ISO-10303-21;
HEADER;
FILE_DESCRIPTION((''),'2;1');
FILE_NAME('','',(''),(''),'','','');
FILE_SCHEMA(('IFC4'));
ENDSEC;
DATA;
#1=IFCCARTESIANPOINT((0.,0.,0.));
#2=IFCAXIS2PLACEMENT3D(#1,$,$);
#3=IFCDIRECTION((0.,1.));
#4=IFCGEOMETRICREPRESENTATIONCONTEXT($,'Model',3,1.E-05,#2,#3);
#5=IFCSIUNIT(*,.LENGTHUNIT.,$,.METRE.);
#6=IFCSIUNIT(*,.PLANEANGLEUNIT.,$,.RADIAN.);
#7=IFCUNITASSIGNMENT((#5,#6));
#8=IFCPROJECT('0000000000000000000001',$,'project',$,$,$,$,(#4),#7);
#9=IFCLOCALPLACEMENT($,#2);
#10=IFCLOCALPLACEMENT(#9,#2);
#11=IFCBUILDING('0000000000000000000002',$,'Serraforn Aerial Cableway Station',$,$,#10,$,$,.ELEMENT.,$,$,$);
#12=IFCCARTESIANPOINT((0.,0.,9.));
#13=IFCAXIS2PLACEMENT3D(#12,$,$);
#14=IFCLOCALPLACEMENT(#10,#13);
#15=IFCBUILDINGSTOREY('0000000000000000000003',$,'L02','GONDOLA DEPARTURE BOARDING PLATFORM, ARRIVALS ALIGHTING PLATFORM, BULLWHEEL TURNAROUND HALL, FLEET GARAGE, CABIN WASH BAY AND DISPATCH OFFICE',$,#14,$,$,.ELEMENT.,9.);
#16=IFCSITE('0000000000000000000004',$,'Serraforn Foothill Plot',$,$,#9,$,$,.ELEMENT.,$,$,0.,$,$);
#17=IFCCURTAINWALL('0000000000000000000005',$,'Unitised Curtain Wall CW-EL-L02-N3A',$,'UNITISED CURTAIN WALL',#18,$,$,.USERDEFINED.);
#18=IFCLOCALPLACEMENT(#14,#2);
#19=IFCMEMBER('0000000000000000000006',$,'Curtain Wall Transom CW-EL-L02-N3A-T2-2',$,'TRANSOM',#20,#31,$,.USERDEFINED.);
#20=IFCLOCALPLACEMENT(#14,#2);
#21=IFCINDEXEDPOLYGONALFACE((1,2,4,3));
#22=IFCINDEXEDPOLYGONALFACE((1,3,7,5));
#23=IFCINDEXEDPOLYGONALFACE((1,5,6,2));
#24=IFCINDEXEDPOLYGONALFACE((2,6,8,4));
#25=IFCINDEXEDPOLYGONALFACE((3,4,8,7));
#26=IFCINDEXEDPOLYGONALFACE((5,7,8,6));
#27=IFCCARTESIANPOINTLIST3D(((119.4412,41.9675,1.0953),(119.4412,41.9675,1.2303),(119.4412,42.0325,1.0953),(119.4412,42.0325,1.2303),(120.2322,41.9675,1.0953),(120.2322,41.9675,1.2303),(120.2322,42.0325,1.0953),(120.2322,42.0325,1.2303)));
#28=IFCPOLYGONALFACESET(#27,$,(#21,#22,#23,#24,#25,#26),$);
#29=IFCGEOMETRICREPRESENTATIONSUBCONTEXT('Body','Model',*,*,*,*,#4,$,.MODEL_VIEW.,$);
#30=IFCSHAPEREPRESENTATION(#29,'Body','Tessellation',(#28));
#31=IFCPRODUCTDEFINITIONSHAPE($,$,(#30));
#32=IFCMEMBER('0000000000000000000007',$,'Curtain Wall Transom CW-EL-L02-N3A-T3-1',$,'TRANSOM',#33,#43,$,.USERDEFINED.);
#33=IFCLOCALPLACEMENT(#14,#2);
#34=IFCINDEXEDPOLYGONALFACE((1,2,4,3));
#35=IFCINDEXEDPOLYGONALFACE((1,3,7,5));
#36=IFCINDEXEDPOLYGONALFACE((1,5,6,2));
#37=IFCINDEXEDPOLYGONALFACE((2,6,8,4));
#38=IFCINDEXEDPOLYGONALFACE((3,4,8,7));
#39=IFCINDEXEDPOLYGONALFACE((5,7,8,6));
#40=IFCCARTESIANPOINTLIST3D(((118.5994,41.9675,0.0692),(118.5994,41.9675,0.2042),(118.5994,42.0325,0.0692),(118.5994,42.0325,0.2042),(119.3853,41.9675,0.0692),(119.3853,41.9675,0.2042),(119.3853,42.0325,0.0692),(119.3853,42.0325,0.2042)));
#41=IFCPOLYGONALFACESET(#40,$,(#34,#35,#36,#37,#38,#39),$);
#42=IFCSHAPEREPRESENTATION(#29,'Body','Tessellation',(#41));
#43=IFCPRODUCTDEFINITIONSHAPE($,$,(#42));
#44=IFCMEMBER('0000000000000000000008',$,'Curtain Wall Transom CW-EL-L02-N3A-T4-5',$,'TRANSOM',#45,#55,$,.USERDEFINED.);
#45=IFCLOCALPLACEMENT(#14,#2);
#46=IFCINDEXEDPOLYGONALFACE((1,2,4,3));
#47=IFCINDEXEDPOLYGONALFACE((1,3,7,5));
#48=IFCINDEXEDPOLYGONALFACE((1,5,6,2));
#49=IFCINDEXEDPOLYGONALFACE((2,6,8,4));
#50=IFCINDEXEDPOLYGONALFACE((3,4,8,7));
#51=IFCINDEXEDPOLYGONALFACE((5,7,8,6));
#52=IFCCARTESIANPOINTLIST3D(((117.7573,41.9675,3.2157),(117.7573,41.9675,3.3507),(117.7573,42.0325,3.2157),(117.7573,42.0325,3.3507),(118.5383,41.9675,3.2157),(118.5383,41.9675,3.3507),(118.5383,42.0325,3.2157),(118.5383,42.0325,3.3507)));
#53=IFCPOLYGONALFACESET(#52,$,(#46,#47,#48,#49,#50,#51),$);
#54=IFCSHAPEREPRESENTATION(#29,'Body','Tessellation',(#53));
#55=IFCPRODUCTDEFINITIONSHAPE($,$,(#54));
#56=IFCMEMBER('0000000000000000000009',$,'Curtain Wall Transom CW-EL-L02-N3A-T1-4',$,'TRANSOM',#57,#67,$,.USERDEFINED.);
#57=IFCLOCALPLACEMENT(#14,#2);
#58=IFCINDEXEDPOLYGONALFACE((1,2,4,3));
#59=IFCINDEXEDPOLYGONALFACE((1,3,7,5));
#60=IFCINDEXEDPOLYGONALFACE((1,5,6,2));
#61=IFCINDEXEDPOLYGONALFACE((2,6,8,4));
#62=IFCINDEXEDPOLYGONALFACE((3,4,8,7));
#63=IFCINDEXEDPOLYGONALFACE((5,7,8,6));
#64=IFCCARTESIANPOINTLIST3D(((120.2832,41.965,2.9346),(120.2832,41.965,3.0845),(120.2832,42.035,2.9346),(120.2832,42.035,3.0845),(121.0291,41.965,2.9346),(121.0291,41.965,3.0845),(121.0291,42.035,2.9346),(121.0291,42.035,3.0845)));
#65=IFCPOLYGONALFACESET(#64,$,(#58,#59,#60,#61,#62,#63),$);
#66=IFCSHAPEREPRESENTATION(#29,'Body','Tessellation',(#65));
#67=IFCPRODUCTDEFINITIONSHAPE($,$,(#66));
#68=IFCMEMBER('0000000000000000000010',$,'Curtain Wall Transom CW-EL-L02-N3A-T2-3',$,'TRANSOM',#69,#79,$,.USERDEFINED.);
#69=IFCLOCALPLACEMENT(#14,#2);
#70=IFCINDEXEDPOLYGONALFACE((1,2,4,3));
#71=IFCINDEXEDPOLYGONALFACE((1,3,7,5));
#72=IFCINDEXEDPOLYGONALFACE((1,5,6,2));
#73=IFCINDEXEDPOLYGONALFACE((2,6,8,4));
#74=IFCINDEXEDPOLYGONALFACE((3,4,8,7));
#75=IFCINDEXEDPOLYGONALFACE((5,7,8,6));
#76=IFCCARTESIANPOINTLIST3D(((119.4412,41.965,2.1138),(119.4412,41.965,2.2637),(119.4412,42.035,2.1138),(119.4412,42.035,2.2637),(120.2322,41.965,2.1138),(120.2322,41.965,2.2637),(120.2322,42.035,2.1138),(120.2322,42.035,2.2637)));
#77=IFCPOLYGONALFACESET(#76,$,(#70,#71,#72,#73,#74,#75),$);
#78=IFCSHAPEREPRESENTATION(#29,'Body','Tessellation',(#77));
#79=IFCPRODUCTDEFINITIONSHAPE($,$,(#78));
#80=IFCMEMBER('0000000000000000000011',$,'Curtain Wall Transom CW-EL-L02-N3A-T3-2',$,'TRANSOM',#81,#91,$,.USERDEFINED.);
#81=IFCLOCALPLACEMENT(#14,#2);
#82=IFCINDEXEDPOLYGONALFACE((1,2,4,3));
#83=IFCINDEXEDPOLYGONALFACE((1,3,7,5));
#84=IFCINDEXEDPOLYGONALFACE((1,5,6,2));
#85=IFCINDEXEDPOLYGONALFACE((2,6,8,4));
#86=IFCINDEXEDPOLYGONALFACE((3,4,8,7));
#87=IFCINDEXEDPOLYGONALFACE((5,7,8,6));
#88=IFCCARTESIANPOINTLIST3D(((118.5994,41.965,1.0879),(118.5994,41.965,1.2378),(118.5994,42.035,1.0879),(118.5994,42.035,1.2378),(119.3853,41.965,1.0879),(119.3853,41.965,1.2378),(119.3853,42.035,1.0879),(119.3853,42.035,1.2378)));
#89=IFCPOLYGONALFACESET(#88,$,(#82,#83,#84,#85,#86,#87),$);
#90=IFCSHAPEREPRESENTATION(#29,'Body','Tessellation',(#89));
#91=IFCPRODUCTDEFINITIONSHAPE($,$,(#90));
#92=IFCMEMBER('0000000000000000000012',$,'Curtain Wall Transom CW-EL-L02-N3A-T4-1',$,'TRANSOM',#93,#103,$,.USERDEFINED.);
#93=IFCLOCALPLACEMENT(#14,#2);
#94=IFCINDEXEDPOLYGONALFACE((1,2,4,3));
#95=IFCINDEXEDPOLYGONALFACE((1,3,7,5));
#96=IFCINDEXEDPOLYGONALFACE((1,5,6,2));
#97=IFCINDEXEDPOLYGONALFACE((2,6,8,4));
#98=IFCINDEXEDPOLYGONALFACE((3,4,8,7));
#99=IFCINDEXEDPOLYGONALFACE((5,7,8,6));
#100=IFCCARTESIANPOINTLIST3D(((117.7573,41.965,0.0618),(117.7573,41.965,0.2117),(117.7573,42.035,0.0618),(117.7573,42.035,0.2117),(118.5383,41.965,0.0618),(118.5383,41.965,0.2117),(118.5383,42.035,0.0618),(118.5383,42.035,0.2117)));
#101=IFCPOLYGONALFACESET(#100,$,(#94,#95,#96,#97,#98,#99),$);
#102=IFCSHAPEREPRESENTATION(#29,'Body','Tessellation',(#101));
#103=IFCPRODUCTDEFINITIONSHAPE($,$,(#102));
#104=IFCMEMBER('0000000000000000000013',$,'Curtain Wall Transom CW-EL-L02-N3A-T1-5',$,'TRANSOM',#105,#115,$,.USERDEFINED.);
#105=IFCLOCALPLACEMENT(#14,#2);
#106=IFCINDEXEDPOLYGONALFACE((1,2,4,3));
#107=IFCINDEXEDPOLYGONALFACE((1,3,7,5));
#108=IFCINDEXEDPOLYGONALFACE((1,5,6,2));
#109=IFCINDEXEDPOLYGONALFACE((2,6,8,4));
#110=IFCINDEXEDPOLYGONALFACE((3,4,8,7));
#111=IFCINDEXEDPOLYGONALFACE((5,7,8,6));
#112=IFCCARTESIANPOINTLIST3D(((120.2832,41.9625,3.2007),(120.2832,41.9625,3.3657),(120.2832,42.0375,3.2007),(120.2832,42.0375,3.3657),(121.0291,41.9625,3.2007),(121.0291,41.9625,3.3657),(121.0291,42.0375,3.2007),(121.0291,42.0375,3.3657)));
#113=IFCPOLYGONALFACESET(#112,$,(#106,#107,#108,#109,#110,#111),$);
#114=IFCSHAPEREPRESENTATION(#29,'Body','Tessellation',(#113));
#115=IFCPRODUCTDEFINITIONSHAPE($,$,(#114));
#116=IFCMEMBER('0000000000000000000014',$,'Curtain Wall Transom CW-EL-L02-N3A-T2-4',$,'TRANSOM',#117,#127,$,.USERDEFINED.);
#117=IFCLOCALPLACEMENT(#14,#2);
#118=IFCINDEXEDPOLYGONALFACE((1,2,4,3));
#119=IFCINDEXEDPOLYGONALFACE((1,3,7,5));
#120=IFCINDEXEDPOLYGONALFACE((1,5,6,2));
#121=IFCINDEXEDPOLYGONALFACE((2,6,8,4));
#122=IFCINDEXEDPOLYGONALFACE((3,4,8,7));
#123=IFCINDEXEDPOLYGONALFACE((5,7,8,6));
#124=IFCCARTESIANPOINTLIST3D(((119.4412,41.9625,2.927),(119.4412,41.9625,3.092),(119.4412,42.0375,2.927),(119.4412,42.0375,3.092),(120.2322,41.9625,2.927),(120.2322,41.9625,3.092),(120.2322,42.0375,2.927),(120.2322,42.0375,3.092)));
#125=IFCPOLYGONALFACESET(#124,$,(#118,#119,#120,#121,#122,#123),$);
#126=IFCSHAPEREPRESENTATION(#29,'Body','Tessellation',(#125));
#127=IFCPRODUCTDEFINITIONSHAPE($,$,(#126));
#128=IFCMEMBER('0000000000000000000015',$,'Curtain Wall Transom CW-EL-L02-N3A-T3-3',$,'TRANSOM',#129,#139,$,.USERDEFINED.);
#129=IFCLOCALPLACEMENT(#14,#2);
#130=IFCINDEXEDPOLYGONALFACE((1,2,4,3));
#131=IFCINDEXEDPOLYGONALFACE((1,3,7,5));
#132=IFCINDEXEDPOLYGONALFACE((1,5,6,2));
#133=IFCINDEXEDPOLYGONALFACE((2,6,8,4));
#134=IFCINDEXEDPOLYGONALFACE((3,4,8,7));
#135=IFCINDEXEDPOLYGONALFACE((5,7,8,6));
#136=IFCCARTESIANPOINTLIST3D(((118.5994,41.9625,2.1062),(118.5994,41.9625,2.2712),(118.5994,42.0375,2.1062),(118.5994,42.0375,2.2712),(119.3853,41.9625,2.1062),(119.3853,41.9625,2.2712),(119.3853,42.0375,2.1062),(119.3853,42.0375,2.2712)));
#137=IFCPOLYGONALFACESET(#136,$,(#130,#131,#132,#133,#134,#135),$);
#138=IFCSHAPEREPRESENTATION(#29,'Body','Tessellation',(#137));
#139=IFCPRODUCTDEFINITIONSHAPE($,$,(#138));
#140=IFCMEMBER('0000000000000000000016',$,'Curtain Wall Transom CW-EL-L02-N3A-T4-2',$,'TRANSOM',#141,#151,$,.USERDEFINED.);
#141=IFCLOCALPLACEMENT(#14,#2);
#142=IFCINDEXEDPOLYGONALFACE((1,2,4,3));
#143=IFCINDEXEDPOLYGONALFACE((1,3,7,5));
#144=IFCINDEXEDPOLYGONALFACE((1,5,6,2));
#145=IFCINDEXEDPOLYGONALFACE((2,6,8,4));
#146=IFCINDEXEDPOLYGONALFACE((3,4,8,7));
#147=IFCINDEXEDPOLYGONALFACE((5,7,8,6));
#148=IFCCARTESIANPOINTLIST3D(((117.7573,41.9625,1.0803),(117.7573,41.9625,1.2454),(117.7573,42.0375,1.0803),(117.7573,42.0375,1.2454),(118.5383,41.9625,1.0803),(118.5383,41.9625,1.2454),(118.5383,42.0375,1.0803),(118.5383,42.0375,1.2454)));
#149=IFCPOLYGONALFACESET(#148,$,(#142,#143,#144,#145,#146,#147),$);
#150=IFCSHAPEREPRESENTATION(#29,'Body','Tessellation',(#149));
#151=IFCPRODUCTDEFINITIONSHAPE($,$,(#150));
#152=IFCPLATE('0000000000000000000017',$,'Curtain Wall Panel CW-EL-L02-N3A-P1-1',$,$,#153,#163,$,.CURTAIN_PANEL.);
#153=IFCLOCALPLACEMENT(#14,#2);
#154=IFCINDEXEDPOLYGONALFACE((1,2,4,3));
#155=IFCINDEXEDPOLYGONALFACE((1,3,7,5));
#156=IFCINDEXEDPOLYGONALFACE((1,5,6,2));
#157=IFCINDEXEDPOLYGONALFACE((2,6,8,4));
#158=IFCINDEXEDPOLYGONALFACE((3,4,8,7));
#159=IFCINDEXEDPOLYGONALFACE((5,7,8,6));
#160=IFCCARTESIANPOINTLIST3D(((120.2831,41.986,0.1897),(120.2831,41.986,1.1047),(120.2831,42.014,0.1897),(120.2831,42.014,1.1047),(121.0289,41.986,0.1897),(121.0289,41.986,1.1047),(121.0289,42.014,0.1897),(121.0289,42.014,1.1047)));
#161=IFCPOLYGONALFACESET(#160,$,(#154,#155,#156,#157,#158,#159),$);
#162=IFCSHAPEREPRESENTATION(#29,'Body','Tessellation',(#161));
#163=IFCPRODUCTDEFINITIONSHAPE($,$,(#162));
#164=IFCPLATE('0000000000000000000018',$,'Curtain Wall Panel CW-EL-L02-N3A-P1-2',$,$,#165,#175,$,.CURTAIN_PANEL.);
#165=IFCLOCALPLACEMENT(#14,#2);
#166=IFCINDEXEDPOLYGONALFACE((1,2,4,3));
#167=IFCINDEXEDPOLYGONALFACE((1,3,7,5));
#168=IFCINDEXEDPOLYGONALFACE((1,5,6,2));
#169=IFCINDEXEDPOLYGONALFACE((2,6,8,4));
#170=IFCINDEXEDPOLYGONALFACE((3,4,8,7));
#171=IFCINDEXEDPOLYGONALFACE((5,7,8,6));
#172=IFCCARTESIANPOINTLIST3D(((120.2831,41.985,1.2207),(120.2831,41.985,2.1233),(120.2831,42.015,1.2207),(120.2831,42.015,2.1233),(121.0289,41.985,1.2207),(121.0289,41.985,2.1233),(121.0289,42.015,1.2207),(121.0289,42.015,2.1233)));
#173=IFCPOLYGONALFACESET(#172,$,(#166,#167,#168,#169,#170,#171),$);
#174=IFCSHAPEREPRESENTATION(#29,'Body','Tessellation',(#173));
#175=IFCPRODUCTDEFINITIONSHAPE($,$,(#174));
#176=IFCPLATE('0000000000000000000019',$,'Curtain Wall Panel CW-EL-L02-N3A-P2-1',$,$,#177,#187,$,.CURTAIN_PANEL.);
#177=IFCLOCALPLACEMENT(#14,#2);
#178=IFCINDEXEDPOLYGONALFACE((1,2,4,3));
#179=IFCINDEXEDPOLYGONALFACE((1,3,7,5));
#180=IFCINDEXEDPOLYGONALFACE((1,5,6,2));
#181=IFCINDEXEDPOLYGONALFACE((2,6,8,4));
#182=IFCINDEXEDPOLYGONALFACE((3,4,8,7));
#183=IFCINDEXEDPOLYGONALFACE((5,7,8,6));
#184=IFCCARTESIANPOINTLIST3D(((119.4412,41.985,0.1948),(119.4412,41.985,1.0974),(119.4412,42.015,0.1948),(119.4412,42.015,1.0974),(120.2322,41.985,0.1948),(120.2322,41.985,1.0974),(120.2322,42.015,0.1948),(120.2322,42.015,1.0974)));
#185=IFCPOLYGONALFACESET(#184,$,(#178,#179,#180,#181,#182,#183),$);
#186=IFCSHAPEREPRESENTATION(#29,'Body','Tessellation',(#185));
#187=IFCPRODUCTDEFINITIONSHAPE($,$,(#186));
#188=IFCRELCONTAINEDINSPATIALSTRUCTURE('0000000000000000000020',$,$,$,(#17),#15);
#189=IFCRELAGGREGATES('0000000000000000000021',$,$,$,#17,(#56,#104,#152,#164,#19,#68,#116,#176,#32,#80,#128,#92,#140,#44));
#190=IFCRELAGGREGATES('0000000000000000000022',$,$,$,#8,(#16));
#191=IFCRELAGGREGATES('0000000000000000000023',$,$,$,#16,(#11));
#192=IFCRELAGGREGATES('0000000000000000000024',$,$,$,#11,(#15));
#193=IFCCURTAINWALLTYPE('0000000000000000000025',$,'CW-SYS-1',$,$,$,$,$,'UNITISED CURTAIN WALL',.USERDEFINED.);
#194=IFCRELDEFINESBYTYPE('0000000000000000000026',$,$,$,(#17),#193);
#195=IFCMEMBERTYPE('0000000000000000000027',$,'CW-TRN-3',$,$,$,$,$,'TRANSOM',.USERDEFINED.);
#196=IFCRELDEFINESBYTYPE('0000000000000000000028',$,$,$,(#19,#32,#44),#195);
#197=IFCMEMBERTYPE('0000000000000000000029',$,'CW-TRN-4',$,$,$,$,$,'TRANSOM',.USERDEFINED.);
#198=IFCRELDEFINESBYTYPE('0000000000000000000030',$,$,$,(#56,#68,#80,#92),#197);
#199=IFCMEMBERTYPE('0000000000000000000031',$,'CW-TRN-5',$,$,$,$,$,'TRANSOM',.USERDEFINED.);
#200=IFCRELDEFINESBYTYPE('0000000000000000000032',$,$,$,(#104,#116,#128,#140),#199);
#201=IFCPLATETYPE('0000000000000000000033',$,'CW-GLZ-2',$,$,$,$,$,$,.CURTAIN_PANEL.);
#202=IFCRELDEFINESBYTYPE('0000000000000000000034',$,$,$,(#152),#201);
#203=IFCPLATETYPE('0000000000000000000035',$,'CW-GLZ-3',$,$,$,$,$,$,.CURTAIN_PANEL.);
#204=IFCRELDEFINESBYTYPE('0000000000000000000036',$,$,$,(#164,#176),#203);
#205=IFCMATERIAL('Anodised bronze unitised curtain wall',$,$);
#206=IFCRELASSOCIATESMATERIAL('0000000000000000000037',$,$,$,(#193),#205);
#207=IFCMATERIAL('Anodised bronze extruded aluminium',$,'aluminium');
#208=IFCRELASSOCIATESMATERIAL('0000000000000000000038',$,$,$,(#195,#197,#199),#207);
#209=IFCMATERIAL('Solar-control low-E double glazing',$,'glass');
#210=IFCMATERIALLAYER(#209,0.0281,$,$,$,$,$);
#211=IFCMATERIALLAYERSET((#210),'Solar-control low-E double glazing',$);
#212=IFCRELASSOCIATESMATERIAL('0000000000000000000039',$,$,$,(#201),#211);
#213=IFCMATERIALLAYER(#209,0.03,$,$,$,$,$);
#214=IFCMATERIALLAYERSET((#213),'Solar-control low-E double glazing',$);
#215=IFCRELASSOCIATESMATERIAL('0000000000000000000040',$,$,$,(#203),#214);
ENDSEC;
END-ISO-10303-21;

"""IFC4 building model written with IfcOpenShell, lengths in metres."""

from ifc_helpers import new_model, si_unit, direction, frame, origin, origin_2d, place, context, subcontext, project, spatial, rectangle, extrude, material, layer, layer_set, material_profile, profile_set, type_object, element, aggregate, save


model = new_model("IFC4")

# Units and contexts
model_context = context("Model", 3, precision=1e-05, world=origin(), true_north=direction((0.0, 1.0)))
body_context = subcontext(model_context, "Body", "Model", "MODEL_VIEW")
ifc_project = project(units=[si_unit("LENGTHUNIT", "METRE"), si_unit("PLANEANGLEUNIT", "RADIAN")], contexts=[model_context])

# Site, building, storey
site_placement = place(None, origin())
site = spatial("IfcSite", under=ifc_project, at=site_placement, Name="Serraforn Foothill Plot", CompositionType="ELEMENT", RefElevation=0.0)
building_placement = place(site_placement, origin())
building = spatial("IfcBuilding", under=site, at=building_placement, Name="Serraforn Aerial Cableway Station", CompositionType="ELEMENT")
storey_placement = place(building_placement, frame((0.0, 0.0, 9.0)))
storey = spatial("IfcBuildingStorey", under=building, at=storey_placement, Name="L02", Description="GONDOLA DEPARTURE BOARDING PLATFORM, ARRIVALS ALIGHTING PLATFORM, BULLWHEEL TURNAROUND HALL, FLEET GARAGE, CABIN WASH BAY AND DISPATCH OFFICE", CompositionType="ELEMENT", Elevation=9.0)

# Curtain wall, members, plates
ifc_material_1 = material(Name="Anodised bronze unitised curtain wall")
curtain_wall_type = type_object("IfcCurtainWallType", Name="CW-SYS-1", ElementType="UNITISED CURTAIN WALL", PredefinedType="USERDEFINED", material=ifc_material_1)
curtain_wall_placement = place(storey_placement, origin())
curtain_wall = element("IfcCurtainWall", 1, at=curtain_wall_placement, inside=storey, type_object=curtain_wall_type, Name="Unitised Curtain Wall CW-EL-L02-N3A", ObjectType="UNITISED CURTAIN WALL", PredefinedType="USERDEFINED")
ifc_material_2 = material(Name="Anodised bronze extruded aluminium", Category="aluminium")
ifc_material_profile_1 = material_profile(ifc_material_2, rectangle(XDim=0.0649, YDim=0.135, at=origin_2d()), Name="CW TRANSOM 65x135")
ifc_profile_set_1 = profile_set([ifc_material_profile_1], Name="Anodised bronze extruded aluminium")
member_type_1 = type_object("IfcMemberType", Name="CW-TRN-3", ElementType="TRANSOM", PredefinedType="USERDEFINED", material=ifc_profile_set_1)
member_1_placement = place(storey_placement, frame((120.2322, 42.0, 1.1628), z_axis=(-1.0, 0.0, 0.0), x_axis=(0.0, -1.0, 0.0)))
member_1 = element("IfcMember", 2, at=member_1_placement, type_object=member_type_1, Name="Curtain Wall Transom CW-EL-L02-N3A-T2-2", ObjectType="TRANSOM", PredefinedType="USERDEFINED", context=body_context, shape_type="SweptSolid", body=[
    extrude(rectangle(XDim=0.0649, YDim=0.135, at=origin_2d()), origin(), (0.0, 0.0, 1.0), 0.791),
])
member_2_placement = place(storey_placement, frame((119.3853, 42.0, 0.1367), z_axis=(-1.0, 0.0, 0.0), x_axis=(0.0, -1.0, 0.0)))
member_2 = element("IfcMember", 3, at=member_2_placement, type_object=member_type_1, Name="Curtain Wall Transom CW-EL-L02-N3A-T3-1", ObjectType="TRANSOM", PredefinedType="USERDEFINED", context=body_context, shape_type="SweptSolid", body=[
    extrude(rectangle(XDim=0.0649, YDim=0.135, at=origin_2d()), origin(), (0.0, 0.0, 1.0), 0.7859),
])
member_3_placement = place(storey_placement, frame((118.5383, 42.0, 3.2832), z_axis=(-1.0, 0.0, 0.0), x_axis=(0.0, -1.0, 0.0)))
member_3 = element("IfcMember", 4, at=member_3_placement, type_object=member_type_1, Name="Curtain Wall Transom CW-EL-L02-N3A-T4-5", ObjectType="TRANSOM", PredefinedType="USERDEFINED", context=body_context, shape_type="SweptSolid", body=[
    extrude(rectangle(XDim=0.0649, YDim=0.135, at=origin_2d()), origin(), (0.0, 0.0, 1.0), 0.781),
])
ifc_material_profile_2 = material_profile(ifc_material_2, rectangle(XDim=0.0701, YDim=0.1499, at=origin_2d()), Name="CW TRANSOM 70x150")
ifc_profile_set_2 = profile_set([ifc_material_profile_2], Name="Anodised bronze extruded aluminium")
member_type_2 = type_object("IfcMemberType", Name="CW-TRN-4", ElementType="TRANSOM", PredefinedType="USERDEFINED", material=ifc_profile_set_2)
member_4_placement = place(storey_placement, frame((121.0291, 42.0, 3.0095), z_axis=(-1.0, 0.0, 0.0), x_axis=(0.0, -1.0, 0.0)))
member_4 = element("IfcMember", 5, at=member_4_placement, type_object=member_type_2, Name="Curtain Wall Transom CW-EL-L02-N3A-T1-4", ObjectType="TRANSOM", PredefinedType="USERDEFINED", context=body_context, shape_type="SweptSolid", body=[
    extrude(rectangle(XDim=0.0701, YDim=0.1499, at=origin_2d()), origin(), (0.0, 0.0, 1.0), 0.7458),
])
member_5_placement = place(storey_placement, frame((120.2322, 42.0, 2.1887), z_axis=(-1.0, 0.0, 0.0), x_axis=(0.0, -1.0, 0.0)))
member_5 = element("IfcMember", 6, at=member_5_placement, type_object=member_type_2, Name="Curtain Wall Transom CW-EL-L02-N3A-T2-3", ObjectType="TRANSOM", PredefinedType="USERDEFINED", context=body_context, shape_type="SweptSolid", body=[
    extrude(rectangle(XDim=0.0701, YDim=0.1499, at=origin_2d()), origin(), (0.0, 0.0, 1.0), 0.791),
])
member_6_placement = place(storey_placement, frame((119.3853, 42.0, 1.1628), z_axis=(-1.0, 0.0, 0.0), x_axis=(0.0, -1.0, 0.0)))
member_6 = element("IfcMember", 7, at=member_6_placement, type_object=member_type_2, Name="Curtain Wall Transom CW-EL-L02-N3A-T3-2", ObjectType="TRANSOM", PredefinedType="USERDEFINED", context=body_context, shape_type="SweptSolid", body=[
    extrude(rectangle(XDim=0.0701, YDim=0.1499, at=origin_2d()), origin(), (0.0, 0.0, 1.0), 0.7859),
])
member_7_placement = place(storey_placement, frame((118.5383, 42.0, 0.1367), z_axis=(-1.0, 0.0, 0.0), x_axis=(0.0, -1.0, 0.0)))
member_7 = element("IfcMember", 8, at=member_7_placement, type_object=member_type_2, Name="Curtain Wall Transom CW-EL-L02-N3A-T4-1", ObjectType="TRANSOM", PredefinedType="USERDEFINED", context=body_context, shape_type="SweptSolid", body=[
    extrude(rectangle(XDim=0.0701, YDim=0.1499, at=origin_2d()), origin(), (0.0, 0.0, 1.0), 0.781),
])
ifc_material_profile_3 = material_profile(ifc_material_2, rectangle(XDim=0.075, YDim=0.165, at=origin_2d()), Name="CW TRANSOM 75x165")
ifc_profile_set_3 = profile_set([ifc_material_profile_3], Name="Anodised bronze extruded aluminium")
member_type_3 = type_object("IfcMemberType", Name="CW-TRN-5", ElementType="TRANSOM", PredefinedType="USERDEFINED", material=ifc_profile_set_3)
member_8_placement = place(storey_placement, frame((121.0291, 42.0, 3.2832), z_axis=(-1.0, 0.0, 0.0), x_axis=(0.0, -1.0, 0.0)))
member_8 = element("IfcMember", 9, at=member_8_placement, type_object=member_type_3, Name="Curtain Wall Transom CW-EL-L02-N3A-T1-5", ObjectType="TRANSOM", PredefinedType="USERDEFINED", context=body_context, shape_type="SweptSolid", body=[
    extrude(rectangle(XDim=0.075, YDim=0.165, at=origin_2d()), origin(), (0.0, 0.0, 1.0), 0.7458),
])
member_9_placement = place(storey_placement, frame((120.2322, 42.0, 3.0095), z_axis=(-1.0, 0.0, 0.0), x_axis=(0.0, -1.0, 0.0)))
member_9 = element("IfcMember", 10, at=member_9_placement, type_object=member_type_3, Name="Curtain Wall Transom CW-EL-L02-N3A-T2-4", ObjectType="TRANSOM", PredefinedType="USERDEFINED", context=body_context, shape_type="SweptSolid", body=[
    extrude(rectangle(XDim=0.075, YDim=0.165, at=origin_2d()), origin(), (0.0, 0.0, 1.0), 0.791),
])
member_10_placement = place(storey_placement, frame((119.3853, 42.0, 2.1887), z_axis=(-1.0, 0.0, 0.0), x_axis=(0.0, -1.0, 0.0)))
member_10 = element("IfcMember", 11, at=member_10_placement, type_object=member_type_3, Name="Curtain Wall Transom CW-EL-L02-N3A-T3-3", ObjectType="TRANSOM", PredefinedType="USERDEFINED", context=body_context, shape_type="SweptSolid", body=[
    extrude(rectangle(XDim=0.075, YDim=0.165, at=origin_2d()), origin(), (0.0, 0.0, 1.0), 0.7859),
])
member_11_placement = place(storey_placement, frame((118.5383, 42.0, 1.1628), z_axis=(-1.0, 0.0, 0.0), x_axis=(0.0, -1.0, 0.0)))
member_11 = element("IfcMember", 12, at=member_11_placement, type_object=member_type_3, Name="Curtain Wall Transom CW-EL-L02-N3A-T4-2", ObjectType="TRANSOM", PredefinedType="USERDEFINED", context=body_context, shape_type="SweptSolid", body=[
    extrude(rectangle(XDim=0.075, YDim=0.165, at=origin_2d()), origin(), (0.0, 0.0, 1.0), 0.781),
])
ifc_material_3 = material(Name="Solar-control low-E double glazing", Category="glass")
ifc_layer_1 = layer(ifc_material_3, 0.0281)
ifc_layer_set_1 = layer_set([ifc_layer_1], Name="Solar-control low-E double glazing")
plate_type_1 = type_object("IfcPlateType", Name="CW-GLZ-2", PredefinedType="CURTAIN_PANEL", material=ifc_layer_set_1)
plate_1_placement = place(storey_placement, frame((120.656, 42.0, 0.1897), z_axis=(0.0, 0.0, 1.0), x_axis=(1.0, 0.0, 0.0)))
plate_1 = element("IfcPlate", 13, at=plate_1_placement, type_object=plate_type_1, Name="Curtain Wall Panel CW-EL-L02-N3A-P1-1", PredefinedType="CURTAIN_PANEL", context=body_context, shape_type="SweptSolid", body=[
    extrude(rectangle(XDim=0.7458, YDim=0.0281, at=origin_2d()), origin(), (0.0, 0.0, 1.0), 0.915),
])
ifc_layer_2 = layer(ifc_material_3, 0.03)
ifc_layer_set_2 = layer_set([ifc_layer_2], Name="Solar-control low-E double glazing")
plate_type_2 = type_object("IfcPlateType", Name="CW-GLZ-3", PredefinedType="CURTAIN_PANEL", material=ifc_layer_set_2)
plate_2_placement = place(storey_placement, frame((120.656, 42.0, 1.2207), z_axis=(0.0, 0.0, 1.0), x_axis=(1.0, 0.0, 0.0)))
plate_2 = element("IfcPlate", 14, at=plate_2_placement, type_object=plate_type_2, Name="Curtain Wall Panel CW-EL-L02-N3A-P1-2", PredefinedType="CURTAIN_PANEL", context=body_context, shape_type="SweptSolid", body=[
    extrude(rectangle(XDim=0.7458, YDim=0.03, at=origin_2d()), origin(), (0.0, 0.0, 1.0), 0.9026),
])
plate_3_placement = place(storey_placement, frame((119.8367, 42.0, 0.1948), z_axis=(0.0, 0.0, 1.0), x_axis=(1.0, 0.0, 0.0)))
plate_3 = element("IfcPlate", 15, at=plate_3_placement, type_object=plate_type_2, Name="Curtain Wall Panel CW-EL-L02-N3A-P2-1", PredefinedType="CURTAIN_PANEL", context=body_context, shape_type="SweptSolid", body=[
    extrude(rectangle(XDim=0.791, YDim=0.03, at=origin_2d()), origin(), (0.0, 0.0, 1.0), 0.9026),
])
aggregate(curtain_wall, [member_4, member_8, plate_1, plate_2, member_1, member_5, member_9, plate_3, member_2, member_6, member_10, member_7, member_11, member_3])

save(model, "model.ifc")
